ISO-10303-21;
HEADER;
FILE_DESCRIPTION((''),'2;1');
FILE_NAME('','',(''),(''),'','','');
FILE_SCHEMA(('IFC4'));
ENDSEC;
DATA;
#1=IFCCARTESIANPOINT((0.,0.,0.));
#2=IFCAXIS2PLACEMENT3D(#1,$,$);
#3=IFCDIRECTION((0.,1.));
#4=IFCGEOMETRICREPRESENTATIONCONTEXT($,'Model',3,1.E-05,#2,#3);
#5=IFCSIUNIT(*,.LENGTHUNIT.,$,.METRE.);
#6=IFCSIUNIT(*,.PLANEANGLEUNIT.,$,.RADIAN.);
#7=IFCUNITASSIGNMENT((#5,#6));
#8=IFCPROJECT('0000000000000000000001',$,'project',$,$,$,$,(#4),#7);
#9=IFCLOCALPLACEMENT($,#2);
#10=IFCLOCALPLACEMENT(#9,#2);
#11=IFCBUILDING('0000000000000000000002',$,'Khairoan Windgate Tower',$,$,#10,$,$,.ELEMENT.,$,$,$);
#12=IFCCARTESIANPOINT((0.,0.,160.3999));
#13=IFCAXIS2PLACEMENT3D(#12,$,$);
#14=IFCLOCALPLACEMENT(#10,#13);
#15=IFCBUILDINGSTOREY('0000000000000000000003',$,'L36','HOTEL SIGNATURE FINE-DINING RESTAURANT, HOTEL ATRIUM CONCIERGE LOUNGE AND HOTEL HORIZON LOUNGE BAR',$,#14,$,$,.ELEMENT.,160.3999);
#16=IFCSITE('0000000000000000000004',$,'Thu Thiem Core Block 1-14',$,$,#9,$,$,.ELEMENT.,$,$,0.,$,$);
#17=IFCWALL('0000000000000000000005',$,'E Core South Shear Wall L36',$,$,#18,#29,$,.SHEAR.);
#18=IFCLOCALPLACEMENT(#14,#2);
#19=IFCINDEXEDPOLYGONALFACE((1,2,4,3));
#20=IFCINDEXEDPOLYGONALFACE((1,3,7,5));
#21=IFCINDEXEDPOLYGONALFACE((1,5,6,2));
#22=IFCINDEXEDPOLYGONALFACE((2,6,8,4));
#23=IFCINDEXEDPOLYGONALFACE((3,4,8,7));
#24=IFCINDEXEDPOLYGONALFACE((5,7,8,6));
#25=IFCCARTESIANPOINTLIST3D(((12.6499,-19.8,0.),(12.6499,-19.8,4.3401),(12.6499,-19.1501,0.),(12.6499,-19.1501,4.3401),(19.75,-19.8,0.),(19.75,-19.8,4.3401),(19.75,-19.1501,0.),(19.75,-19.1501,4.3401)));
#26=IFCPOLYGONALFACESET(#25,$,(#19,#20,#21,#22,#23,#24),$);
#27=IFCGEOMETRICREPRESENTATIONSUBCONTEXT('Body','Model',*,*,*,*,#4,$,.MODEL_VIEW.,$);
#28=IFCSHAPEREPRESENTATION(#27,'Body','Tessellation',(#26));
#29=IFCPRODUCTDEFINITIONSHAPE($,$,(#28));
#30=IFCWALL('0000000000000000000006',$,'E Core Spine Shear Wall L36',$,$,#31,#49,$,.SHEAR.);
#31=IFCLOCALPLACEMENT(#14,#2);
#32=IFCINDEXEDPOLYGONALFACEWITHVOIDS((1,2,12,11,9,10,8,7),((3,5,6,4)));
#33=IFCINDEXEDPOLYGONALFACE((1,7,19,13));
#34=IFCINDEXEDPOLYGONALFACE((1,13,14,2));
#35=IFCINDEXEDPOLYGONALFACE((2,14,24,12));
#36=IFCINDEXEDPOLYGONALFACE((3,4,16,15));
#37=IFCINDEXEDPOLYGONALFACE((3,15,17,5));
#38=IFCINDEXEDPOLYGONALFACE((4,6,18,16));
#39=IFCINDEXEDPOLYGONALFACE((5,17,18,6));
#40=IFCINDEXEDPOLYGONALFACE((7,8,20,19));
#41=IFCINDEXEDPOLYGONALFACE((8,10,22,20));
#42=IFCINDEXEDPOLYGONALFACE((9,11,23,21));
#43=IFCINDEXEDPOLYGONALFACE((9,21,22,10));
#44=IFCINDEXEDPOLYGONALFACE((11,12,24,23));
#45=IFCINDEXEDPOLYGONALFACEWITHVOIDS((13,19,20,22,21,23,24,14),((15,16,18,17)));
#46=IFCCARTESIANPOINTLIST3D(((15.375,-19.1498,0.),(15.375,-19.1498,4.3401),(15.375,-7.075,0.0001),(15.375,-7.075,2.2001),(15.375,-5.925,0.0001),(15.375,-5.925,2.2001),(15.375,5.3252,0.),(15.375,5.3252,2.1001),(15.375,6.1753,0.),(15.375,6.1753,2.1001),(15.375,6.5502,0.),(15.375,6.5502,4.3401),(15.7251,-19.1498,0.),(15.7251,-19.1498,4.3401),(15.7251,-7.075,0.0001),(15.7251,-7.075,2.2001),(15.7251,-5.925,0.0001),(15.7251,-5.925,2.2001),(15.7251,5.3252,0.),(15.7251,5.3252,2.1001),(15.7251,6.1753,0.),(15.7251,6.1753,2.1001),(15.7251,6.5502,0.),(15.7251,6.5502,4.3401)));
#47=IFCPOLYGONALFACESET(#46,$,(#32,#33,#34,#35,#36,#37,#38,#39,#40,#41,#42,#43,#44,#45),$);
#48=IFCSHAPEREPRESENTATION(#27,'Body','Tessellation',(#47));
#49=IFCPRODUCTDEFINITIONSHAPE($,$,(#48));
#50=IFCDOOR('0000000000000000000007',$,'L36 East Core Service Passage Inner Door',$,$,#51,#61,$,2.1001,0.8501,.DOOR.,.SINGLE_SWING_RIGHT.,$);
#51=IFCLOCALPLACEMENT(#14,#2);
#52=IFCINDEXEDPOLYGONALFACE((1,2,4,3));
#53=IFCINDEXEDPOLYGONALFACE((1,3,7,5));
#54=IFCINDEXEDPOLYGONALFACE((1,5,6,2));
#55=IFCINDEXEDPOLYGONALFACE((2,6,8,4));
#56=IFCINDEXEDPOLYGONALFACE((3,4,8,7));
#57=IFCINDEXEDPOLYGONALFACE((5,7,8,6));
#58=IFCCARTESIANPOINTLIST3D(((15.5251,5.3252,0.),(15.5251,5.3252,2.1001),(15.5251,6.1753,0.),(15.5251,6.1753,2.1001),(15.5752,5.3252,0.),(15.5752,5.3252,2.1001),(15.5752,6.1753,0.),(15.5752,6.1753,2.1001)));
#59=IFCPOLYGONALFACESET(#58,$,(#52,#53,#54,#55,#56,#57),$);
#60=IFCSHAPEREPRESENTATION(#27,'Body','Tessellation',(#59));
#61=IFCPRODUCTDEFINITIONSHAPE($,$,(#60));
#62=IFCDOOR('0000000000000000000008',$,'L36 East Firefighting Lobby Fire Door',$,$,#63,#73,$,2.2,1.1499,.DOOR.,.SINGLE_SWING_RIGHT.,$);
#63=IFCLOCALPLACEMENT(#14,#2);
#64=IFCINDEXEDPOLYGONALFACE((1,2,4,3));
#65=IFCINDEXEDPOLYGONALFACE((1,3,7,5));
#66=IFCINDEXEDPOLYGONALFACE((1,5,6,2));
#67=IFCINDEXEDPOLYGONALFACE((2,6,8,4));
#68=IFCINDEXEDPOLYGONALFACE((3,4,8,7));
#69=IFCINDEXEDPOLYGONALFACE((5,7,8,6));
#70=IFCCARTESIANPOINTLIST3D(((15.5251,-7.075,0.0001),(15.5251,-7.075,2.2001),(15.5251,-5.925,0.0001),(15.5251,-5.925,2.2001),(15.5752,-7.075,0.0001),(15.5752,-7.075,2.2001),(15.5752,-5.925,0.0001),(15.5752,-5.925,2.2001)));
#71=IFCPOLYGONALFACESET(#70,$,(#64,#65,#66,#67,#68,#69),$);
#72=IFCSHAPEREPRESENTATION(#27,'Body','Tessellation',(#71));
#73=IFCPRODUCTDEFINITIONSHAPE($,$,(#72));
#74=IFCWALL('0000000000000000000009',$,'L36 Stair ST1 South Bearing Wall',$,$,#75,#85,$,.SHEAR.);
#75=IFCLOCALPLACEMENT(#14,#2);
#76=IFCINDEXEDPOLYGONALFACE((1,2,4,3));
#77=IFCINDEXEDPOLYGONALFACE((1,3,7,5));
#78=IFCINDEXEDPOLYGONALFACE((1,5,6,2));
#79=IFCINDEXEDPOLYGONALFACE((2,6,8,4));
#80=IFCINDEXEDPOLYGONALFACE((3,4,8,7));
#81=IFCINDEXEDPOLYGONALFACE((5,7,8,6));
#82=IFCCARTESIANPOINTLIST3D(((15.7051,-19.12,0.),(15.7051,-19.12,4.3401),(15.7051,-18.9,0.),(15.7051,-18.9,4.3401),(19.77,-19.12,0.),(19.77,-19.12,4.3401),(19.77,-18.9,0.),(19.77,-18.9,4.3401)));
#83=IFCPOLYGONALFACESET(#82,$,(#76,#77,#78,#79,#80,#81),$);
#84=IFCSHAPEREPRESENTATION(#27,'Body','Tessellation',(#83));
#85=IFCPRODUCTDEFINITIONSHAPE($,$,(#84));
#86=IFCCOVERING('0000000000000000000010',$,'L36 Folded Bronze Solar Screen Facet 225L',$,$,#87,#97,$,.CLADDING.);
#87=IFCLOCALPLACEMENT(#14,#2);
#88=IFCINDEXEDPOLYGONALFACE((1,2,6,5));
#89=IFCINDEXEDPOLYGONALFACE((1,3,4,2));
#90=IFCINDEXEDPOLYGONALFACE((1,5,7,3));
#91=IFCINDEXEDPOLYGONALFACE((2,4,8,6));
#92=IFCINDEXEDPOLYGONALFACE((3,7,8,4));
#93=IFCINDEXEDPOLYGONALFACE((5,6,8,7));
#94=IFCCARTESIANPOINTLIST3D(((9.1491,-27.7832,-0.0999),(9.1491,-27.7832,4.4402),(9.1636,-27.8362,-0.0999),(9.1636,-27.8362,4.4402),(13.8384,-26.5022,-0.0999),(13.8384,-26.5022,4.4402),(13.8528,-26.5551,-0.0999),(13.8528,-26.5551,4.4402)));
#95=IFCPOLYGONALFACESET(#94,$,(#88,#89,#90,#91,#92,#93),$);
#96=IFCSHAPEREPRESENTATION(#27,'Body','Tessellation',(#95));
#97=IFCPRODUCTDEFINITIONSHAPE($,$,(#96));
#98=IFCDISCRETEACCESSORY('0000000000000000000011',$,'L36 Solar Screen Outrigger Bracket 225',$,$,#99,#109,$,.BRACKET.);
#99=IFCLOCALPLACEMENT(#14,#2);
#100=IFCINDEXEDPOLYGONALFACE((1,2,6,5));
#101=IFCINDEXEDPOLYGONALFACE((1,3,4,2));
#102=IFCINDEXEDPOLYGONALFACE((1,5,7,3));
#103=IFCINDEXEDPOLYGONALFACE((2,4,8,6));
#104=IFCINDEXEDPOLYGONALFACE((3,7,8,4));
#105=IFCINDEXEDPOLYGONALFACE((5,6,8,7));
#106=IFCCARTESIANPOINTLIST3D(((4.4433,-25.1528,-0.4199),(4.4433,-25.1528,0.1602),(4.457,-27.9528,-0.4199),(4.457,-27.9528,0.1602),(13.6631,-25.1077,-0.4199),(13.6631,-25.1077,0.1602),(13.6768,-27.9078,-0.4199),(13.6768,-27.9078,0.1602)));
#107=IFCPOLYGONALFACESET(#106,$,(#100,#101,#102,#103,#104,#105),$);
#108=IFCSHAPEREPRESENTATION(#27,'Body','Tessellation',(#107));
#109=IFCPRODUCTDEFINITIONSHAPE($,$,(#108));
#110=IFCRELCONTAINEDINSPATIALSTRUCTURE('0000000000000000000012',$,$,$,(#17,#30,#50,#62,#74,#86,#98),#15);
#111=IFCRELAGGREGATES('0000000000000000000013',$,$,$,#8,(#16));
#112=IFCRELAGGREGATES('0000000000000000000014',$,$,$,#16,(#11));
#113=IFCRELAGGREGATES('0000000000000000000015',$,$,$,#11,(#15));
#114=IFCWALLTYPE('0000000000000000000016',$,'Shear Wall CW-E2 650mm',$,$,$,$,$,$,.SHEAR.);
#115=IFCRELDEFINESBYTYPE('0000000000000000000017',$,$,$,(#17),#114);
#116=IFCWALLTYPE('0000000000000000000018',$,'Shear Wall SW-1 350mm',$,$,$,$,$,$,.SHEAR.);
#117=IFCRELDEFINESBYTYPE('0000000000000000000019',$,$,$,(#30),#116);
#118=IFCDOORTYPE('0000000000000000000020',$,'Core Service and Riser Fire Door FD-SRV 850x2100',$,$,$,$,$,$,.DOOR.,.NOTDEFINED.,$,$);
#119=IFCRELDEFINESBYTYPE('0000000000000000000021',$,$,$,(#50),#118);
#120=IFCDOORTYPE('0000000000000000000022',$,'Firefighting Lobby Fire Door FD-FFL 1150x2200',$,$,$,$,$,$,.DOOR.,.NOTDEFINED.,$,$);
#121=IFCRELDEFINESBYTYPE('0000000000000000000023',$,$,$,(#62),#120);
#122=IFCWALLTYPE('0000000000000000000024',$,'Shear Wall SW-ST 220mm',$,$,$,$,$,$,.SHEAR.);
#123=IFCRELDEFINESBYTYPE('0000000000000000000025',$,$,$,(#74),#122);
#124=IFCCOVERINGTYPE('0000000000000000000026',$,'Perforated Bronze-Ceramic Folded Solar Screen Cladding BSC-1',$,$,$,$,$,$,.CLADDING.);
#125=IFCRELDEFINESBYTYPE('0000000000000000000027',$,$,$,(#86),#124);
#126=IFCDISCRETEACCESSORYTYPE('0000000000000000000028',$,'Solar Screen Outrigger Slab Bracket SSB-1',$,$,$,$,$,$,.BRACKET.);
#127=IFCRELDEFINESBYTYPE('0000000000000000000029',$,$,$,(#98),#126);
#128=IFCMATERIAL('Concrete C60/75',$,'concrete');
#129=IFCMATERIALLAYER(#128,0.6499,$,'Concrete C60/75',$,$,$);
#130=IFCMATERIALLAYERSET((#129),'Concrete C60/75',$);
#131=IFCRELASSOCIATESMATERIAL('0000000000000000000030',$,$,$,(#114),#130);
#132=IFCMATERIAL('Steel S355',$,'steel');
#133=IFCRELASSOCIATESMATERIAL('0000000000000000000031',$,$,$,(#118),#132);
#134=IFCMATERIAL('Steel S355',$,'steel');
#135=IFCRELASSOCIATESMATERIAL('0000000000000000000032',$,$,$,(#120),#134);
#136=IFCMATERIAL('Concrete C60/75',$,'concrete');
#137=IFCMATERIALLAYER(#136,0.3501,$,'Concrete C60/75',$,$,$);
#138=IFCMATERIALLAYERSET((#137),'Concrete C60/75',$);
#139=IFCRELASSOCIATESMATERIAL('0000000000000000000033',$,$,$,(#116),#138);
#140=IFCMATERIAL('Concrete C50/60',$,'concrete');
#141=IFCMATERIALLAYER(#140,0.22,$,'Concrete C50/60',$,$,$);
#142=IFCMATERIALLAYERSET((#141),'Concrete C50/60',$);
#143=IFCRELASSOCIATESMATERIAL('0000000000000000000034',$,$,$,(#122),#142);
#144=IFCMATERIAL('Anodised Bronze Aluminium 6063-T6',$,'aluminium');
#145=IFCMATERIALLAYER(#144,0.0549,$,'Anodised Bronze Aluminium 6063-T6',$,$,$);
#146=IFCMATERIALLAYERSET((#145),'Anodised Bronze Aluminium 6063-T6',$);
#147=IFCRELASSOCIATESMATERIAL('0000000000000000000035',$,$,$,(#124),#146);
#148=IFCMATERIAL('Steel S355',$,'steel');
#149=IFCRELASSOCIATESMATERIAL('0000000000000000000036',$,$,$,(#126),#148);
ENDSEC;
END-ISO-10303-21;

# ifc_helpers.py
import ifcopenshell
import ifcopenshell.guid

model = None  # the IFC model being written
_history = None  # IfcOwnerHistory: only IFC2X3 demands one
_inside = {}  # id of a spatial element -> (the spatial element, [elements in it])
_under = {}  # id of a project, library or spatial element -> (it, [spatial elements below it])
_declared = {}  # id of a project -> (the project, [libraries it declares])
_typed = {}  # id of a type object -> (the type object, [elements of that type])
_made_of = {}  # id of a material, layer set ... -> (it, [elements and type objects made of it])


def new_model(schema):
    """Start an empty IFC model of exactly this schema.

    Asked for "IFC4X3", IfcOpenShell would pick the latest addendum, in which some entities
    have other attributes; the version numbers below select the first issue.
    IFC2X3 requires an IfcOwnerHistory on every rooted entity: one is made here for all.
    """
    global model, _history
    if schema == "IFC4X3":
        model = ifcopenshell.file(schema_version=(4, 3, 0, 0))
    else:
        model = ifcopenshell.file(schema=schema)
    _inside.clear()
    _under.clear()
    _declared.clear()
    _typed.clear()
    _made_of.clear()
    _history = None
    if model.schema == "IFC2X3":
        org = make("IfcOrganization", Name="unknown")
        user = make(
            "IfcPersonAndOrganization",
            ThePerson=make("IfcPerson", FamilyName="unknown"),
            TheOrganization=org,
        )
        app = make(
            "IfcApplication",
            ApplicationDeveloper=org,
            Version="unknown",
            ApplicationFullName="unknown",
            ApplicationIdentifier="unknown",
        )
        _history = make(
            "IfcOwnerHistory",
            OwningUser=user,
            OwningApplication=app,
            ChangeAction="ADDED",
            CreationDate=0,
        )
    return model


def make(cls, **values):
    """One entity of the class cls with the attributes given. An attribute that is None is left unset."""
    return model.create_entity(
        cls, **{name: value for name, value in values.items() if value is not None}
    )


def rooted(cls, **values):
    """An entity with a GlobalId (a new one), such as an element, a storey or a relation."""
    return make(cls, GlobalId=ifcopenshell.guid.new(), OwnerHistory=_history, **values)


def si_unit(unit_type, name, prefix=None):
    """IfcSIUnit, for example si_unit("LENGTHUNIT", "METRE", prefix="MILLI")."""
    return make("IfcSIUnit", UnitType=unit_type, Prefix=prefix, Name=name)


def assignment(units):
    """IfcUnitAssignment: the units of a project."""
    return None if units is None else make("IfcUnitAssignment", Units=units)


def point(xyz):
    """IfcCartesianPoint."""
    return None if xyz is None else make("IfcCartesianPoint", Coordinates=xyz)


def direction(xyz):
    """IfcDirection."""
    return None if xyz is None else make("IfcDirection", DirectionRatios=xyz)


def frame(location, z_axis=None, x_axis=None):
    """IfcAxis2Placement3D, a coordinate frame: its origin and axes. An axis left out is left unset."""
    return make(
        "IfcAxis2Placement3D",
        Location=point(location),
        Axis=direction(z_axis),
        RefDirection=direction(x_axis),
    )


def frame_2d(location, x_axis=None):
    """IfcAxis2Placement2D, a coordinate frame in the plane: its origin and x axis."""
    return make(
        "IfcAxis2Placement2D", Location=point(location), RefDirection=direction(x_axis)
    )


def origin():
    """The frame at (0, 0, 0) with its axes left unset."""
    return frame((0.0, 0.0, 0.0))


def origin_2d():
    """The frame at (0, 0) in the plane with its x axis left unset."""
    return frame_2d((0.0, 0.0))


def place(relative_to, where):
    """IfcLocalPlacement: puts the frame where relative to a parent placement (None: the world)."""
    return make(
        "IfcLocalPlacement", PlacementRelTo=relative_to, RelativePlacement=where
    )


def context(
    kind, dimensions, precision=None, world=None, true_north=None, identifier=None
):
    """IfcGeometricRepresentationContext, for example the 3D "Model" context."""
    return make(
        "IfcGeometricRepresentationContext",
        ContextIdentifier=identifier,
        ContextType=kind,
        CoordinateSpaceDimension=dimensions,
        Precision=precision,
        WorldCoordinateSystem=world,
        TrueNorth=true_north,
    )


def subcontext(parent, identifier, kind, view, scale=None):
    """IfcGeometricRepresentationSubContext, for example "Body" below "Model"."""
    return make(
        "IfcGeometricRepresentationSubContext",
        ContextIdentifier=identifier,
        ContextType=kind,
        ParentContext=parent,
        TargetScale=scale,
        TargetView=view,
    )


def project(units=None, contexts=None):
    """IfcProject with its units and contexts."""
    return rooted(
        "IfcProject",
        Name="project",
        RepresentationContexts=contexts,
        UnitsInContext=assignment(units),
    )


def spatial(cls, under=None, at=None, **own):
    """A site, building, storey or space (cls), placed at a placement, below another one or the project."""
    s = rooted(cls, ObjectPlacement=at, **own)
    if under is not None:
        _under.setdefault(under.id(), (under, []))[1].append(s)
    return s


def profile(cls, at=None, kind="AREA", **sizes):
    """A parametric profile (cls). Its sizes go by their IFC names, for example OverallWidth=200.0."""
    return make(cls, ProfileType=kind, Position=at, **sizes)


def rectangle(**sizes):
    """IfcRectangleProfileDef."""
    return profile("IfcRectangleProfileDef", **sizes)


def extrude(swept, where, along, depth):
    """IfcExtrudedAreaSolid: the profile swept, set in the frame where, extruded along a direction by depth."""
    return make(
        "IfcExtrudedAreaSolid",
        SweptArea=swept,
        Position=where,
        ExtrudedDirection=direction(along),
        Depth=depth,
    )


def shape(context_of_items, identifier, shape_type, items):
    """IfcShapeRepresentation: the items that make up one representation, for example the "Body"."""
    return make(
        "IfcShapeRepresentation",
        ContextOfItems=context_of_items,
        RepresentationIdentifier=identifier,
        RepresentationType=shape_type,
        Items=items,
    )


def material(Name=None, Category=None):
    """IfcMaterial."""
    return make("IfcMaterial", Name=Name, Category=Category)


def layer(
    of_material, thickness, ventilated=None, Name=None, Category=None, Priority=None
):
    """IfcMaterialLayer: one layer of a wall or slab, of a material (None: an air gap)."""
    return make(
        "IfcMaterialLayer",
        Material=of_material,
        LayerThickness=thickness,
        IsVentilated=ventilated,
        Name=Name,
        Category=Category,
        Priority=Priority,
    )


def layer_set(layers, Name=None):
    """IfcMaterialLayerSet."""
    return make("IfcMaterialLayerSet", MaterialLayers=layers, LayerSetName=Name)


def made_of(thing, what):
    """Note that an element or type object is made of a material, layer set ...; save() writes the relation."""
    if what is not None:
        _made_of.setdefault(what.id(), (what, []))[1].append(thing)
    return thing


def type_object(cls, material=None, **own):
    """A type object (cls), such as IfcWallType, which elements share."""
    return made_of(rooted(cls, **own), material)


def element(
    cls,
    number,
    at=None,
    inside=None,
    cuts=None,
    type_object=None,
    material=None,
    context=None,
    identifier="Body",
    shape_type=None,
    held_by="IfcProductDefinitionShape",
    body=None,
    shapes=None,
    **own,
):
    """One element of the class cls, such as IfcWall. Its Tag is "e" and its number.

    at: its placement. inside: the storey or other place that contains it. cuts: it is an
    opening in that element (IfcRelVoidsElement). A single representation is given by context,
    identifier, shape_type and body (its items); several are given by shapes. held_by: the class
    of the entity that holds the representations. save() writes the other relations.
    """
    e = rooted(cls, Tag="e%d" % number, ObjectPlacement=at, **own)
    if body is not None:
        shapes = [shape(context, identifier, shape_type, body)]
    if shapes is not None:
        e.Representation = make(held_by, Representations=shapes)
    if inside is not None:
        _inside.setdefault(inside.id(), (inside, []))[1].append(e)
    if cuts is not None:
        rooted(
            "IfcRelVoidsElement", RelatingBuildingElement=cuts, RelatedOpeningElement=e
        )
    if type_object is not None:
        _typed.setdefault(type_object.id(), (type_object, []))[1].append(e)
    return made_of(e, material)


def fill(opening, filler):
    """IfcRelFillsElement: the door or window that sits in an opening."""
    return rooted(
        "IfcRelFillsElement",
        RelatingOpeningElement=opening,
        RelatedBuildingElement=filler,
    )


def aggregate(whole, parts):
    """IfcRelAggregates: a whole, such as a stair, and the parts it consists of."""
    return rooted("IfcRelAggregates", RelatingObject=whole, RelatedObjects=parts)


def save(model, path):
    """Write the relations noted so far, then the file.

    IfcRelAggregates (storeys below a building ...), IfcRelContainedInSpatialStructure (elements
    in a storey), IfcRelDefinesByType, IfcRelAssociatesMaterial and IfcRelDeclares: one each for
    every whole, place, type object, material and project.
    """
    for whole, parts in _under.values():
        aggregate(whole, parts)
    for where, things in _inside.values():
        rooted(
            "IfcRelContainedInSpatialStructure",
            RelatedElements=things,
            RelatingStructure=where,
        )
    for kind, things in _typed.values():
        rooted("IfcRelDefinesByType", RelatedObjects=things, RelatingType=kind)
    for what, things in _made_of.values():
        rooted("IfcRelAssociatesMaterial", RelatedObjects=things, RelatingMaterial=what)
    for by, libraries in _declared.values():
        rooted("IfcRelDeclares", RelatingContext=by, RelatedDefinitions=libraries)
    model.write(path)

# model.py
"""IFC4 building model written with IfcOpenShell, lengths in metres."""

from ifc_helpers import new_model, si_unit, direction, frame, frame_2d, origin, origin_2d, place, context, subcontext, project, spatial, rectangle, extrude, material, layer, layer_set, type_object, element, fill, save


model = new_model("IFC4")

# Units and contexts
model_context = context("Model", 3, precision=1e-05, world=origin(), true_north=direction((0.0, 1.0)))
body_context = subcontext(model_context, "Body", "Model", "MODEL_VIEW")
ifc_project = project(units=[si_unit("LENGTHUNIT", "METRE"), si_unit("PLANEANGLEUNIT", "RADIAN")], contexts=[model_context])

# Site, building, storey
site_placement = place(None, origin())
site = spatial("IfcSite", under=ifc_project, at=site_placement, Name="Thu Thiem Core Block 1-14", CompositionType="ELEMENT", RefElevation=0.0)
building_placement = place(site_placement, origin())
building = spatial("IfcBuilding", under=site, at=building_placement, Name="Khairoan Windgate Tower", CompositionType="ELEMENT")
storey_placement = place(building_placement, frame((0.0, 0.0, 160.3999)))
storey = spatial("IfcBuildingStorey", under=building, at=storey_placement, Name="L36", Description="HOTEL SIGNATURE FINE-DINING RESTAURANT, HOTEL ATRIUM CONCIERGE LOUNGE AND HOTEL HORIZON LOUNGE BAR", CompositionType="ELEMENT", Elevation=160.3999)

# Shared definitions
ifc_material_1 = material(Name="Concrete C60/75", Category="concrete")
ifc_layer_1 = layer(ifc_material_1, 0.6499, Name="Concrete C60/75")
ifc_layer_set_1 = layer_set([ifc_layer_1], Name="Concrete C60/75")
wall_type_1 = type_object("IfcWallType", Name="Shear Wall CW-E2 650mm", PredefinedType="SHEAR", material=ifc_layer_set_1)
ifc_material_2 = material(Name="Steel S355", Category="steel")
door_type_1 = type_object("IfcDoorType", Name="Core Service and Riser Fire Door FD-SRV 850x2100", OperationType="NOTDEFINED", PredefinedType="DOOR", material=ifc_material_2)
ifc_material_3 = material(Name="Steel S355", Category="steel")
door_type_2 = type_object("IfcDoorType", Name="Firefighting Lobby Fire Door FD-FFL 1150x2200", OperationType="NOTDEFINED", PredefinedType="DOOR", material=ifc_material_3)

# Wall
wall_1_placement = place(storey_placement, frame((12.6499, -19.4751, 0.0), z_axis=(0.0, 0.0, 1.0), x_axis=(1.0, 0.0, 0.0)))
element("IfcWall", 1, at=wall_1_placement, inside=storey, type_object=wall_type_1, Name="E Core South Shear Wall L36", PredefinedType="SHEAR", context=body_context, shape_type="SweptSolid", body=[
    extrude(rectangle(XDim=7.1001, YDim=0.6499, at=frame_2d((3.55, 0.0))), origin(), (0.0, 0.0, 1.0), 4.3401),
])

# Wall, openings, doors
ifc_material_4 = material(Name="Concrete C60/75", Category="concrete")
ifc_layer_2 = layer(ifc_material_4, 0.3501, Name="Concrete C60/75")
ifc_layer_set_2 = layer_set([ifc_layer_2], Name="Concrete C60/75")
wall_type_2 = type_object("IfcWallType", Name="Shear Wall SW-1 350mm", PredefinedType="SHEAR", material=ifc_layer_set_2)
wall_2_placement = place(storey_placement, frame((15.55, -19.1499, 0.0), z_axis=(0.0, 0.0, 1.0), x_axis=(0.0, 1.0, 0.0)))
wall_2 = element("IfcWall", 2, at=wall_2_placement, inside=storey, type_object=wall_type_2, Name="E Core Spine Shear Wall L36", PredefinedType="SHEAR", context=body_context, shape_type="SweptSolid", body=[
    extrude(rectangle(XDim=25.7, YDim=0.3501, at=frame_2d((12.8501, 0.0))), origin(), (0.0, 0.0, 1.0), 4.3401),
])
opening_1_placement = place(wall_2_placement, frame((12.075, 0.0, 0.0)))
opening_1 = element("IfcOpeningElement", 3, at=opening_1_placement, cuts=wall_2, PredefinedType="OPENING", context=body_context, shape_type="SweptSolid", body=[
    extrude(rectangle(XDim=1.1499, YDim=2.2, at=frame_2d((0.575, 1.1001))), frame((0.0, 0.1851, 0.0), z_axis=(0.0, -1.0, 0.0), x_axis=(1.0, 0.0, 0.0)), (0.0, 0.0, 1.0), 0.3701),
])
opening_2_placement = place(wall_2_placement, frame((24.4751, 0.0, 0.0)))
opening_2 = element("IfcOpeningElement", 4, at=opening_2_placement, cuts=wall_2, PredefinedType="OPENING", context=body_context, shape_type="SweptSolid", body=[
    extrude(rectangle(XDim=0.8501, YDim=2.1001, at=frame_2d((0.425, 1.05))), frame((0.0, 0.1851, 0.0), z_axis=(0.0, -1.0, 0.0), x_axis=(1.0, 0.0, 0.0)), (0.0, 0.0, 1.0), 0.3701),
])
door_1_placement = place(opening_2_placement, origin())
door_1 = element("IfcDoor", 5, at=door_1_placement, inside=storey, type_object=door_type_1, Name="L36 East Core Service Passage Inner Door", OperationType="SINGLE_SWING_RIGHT", OverallHeight=2.1001, OverallWidth=0.8501, PredefinedType="DOOR", context=body_context, shape_type="SweptSolid", body=[
    extrude(rectangle(XDim=0.8501, YDim=2.1001, at=frame_2d((0.425, 1.05))), frame((0.0, 0.0249, 0.0), z_axis=(0.0, -1.0, 0.0), x_axis=(1.0, 0.0, 0.0)), (0.0, 0.0, 1.0), 0.05),
])
fill(opening_2, door_1)
door_2_placement = place(opening_1_placement, origin())
door_2 = element("IfcDoor", 6, at=door_2_placement, inside=storey, type_object=door_type_2, Name="L36 East Firefighting Lobby Fire Door", OperationType="SINGLE_SWING_RIGHT", OverallHeight=2.2, OverallWidth=1.1499, PredefinedType="DOOR", context=body_context, shape_type="SweptSolid", body=[
    extrude(rectangle(XDim=1.1499, YDim=2.2, at=frame_2d((0.575, 1.1001))), frame((0.0, 0.0249, 0.0), z_axis=(0.0, -1.0, 0.0), x_axis=(1.0, 0.0, 0.0)), (0.0, 0.0, 1.0), 0.05),
])
fill(opening_1, door_2)

# Wall
ifc_material_5 = material(Name="Concrete C50/60", Category="concrete")
ifc_layer_3 = layer(ifc_material_5, 0.22, Name="Concrete C50/60")
ifc_layer_set_3 = layer_set([ifc_layer_3], Name="Concrete C50/60")
wall_type_3 = type_object("IfcWallType", Name="Shear Wall SW-ST 220mm", PredefinedType="SHEAR", material=ifc_layer_set_3)
wall_3_placement = place(storey_placement, frame((15.7051, -19.01, 0.0), z_axis=(0.0, 0.0, 1.0), x_axis=(1.0, 0.0, 0.0)))
element("IfcWall", 7, at=wall_3_placement, inside=storey, type_object=wall_type_3, Name="L36 Stair ST1 South Bearing Wall", PredefinedType="SHEAR", context=body_context, shape_type="SweptSolid", body=[
    extrude(rectangle(XDim=4.0649, YDim=0.22, at=frame_2d((2.0325, 0.0))), origin(), (0.0, 0.0, 1.0), 4.3401),
])

# Covering
ifc_material_6 = material(Name="Anodised Bronze Aluminium 6063-T6", Category="aluminium")
ifc_layer_4 = layer(ifc_material_6, 0.0549, Name="Anodised Bronze Aluminium 6063-T6")
ifc_layer_set_4 = layer_set([ifc_layer_4], Name="Anodised Bronze Aluminium 6063-T6")
covering_type = type_object("IfcCoveringType", Name="Perforated Bronze-Ceramic Folded Solar Screen Cladding BSC-1", PredefinedType="CLADDING", material=ifc_layer_set_4)
covering_placement = place(storey_placement, frame((11.501, -27.1692, -0.0999), z_axis=(0.0, 0.0, 1.0), x_axis=(-0.964649, -0.263536, 0.0)))
element("IfcCovering", 8, at=covering_placement, inside=storey, type_object=covering_type, Name="L36 Folded Bronze Solar Screen Facet 225L", PredefinedType="CLADDING", context=body_context, shape_type="SweptSolid", body=[
    extrude(rectangle(XDim=4.8611, YDim=0.0549, at=origin_2d()), origin(), (0.0, 0.0, 1.0), 4.54),
])

# Discrete accessory
ifc_material_7 = material(Name="Steel S355", Category="steel")
discrete_accessory_type = type_object("IfcDiscreteAccessoryType", Name="Solar Screen Outrigger Slab Bracket SSB-1", PredefinedType="BRACKET", material=ifc_material_7)
discrete_accessory_placement = place(storey_placement, frame((9.0601, -26.5303, -0.4199), z_axis=(0.0, 0.0, 1.0), x_axis=(-0.999988, -0.004887, 0.0)))
element("IfcDiscreteAccessory", 9, at=discrete_accessory_placement, inside=storey, type_object=discrete_accessory_type, Name="L36 Solar Screen Outrigger Bracket 225", PredefinedType="BRACKET", context=body_context, shape_type="SweptSolid", body=[
    extrude(rectangle(XDim=9.22, YDim=2.8, at=origin_2d()), origin(), (0.0, 0.0, 1.0), 0.5801),
])

save(model, "model.ifc")
